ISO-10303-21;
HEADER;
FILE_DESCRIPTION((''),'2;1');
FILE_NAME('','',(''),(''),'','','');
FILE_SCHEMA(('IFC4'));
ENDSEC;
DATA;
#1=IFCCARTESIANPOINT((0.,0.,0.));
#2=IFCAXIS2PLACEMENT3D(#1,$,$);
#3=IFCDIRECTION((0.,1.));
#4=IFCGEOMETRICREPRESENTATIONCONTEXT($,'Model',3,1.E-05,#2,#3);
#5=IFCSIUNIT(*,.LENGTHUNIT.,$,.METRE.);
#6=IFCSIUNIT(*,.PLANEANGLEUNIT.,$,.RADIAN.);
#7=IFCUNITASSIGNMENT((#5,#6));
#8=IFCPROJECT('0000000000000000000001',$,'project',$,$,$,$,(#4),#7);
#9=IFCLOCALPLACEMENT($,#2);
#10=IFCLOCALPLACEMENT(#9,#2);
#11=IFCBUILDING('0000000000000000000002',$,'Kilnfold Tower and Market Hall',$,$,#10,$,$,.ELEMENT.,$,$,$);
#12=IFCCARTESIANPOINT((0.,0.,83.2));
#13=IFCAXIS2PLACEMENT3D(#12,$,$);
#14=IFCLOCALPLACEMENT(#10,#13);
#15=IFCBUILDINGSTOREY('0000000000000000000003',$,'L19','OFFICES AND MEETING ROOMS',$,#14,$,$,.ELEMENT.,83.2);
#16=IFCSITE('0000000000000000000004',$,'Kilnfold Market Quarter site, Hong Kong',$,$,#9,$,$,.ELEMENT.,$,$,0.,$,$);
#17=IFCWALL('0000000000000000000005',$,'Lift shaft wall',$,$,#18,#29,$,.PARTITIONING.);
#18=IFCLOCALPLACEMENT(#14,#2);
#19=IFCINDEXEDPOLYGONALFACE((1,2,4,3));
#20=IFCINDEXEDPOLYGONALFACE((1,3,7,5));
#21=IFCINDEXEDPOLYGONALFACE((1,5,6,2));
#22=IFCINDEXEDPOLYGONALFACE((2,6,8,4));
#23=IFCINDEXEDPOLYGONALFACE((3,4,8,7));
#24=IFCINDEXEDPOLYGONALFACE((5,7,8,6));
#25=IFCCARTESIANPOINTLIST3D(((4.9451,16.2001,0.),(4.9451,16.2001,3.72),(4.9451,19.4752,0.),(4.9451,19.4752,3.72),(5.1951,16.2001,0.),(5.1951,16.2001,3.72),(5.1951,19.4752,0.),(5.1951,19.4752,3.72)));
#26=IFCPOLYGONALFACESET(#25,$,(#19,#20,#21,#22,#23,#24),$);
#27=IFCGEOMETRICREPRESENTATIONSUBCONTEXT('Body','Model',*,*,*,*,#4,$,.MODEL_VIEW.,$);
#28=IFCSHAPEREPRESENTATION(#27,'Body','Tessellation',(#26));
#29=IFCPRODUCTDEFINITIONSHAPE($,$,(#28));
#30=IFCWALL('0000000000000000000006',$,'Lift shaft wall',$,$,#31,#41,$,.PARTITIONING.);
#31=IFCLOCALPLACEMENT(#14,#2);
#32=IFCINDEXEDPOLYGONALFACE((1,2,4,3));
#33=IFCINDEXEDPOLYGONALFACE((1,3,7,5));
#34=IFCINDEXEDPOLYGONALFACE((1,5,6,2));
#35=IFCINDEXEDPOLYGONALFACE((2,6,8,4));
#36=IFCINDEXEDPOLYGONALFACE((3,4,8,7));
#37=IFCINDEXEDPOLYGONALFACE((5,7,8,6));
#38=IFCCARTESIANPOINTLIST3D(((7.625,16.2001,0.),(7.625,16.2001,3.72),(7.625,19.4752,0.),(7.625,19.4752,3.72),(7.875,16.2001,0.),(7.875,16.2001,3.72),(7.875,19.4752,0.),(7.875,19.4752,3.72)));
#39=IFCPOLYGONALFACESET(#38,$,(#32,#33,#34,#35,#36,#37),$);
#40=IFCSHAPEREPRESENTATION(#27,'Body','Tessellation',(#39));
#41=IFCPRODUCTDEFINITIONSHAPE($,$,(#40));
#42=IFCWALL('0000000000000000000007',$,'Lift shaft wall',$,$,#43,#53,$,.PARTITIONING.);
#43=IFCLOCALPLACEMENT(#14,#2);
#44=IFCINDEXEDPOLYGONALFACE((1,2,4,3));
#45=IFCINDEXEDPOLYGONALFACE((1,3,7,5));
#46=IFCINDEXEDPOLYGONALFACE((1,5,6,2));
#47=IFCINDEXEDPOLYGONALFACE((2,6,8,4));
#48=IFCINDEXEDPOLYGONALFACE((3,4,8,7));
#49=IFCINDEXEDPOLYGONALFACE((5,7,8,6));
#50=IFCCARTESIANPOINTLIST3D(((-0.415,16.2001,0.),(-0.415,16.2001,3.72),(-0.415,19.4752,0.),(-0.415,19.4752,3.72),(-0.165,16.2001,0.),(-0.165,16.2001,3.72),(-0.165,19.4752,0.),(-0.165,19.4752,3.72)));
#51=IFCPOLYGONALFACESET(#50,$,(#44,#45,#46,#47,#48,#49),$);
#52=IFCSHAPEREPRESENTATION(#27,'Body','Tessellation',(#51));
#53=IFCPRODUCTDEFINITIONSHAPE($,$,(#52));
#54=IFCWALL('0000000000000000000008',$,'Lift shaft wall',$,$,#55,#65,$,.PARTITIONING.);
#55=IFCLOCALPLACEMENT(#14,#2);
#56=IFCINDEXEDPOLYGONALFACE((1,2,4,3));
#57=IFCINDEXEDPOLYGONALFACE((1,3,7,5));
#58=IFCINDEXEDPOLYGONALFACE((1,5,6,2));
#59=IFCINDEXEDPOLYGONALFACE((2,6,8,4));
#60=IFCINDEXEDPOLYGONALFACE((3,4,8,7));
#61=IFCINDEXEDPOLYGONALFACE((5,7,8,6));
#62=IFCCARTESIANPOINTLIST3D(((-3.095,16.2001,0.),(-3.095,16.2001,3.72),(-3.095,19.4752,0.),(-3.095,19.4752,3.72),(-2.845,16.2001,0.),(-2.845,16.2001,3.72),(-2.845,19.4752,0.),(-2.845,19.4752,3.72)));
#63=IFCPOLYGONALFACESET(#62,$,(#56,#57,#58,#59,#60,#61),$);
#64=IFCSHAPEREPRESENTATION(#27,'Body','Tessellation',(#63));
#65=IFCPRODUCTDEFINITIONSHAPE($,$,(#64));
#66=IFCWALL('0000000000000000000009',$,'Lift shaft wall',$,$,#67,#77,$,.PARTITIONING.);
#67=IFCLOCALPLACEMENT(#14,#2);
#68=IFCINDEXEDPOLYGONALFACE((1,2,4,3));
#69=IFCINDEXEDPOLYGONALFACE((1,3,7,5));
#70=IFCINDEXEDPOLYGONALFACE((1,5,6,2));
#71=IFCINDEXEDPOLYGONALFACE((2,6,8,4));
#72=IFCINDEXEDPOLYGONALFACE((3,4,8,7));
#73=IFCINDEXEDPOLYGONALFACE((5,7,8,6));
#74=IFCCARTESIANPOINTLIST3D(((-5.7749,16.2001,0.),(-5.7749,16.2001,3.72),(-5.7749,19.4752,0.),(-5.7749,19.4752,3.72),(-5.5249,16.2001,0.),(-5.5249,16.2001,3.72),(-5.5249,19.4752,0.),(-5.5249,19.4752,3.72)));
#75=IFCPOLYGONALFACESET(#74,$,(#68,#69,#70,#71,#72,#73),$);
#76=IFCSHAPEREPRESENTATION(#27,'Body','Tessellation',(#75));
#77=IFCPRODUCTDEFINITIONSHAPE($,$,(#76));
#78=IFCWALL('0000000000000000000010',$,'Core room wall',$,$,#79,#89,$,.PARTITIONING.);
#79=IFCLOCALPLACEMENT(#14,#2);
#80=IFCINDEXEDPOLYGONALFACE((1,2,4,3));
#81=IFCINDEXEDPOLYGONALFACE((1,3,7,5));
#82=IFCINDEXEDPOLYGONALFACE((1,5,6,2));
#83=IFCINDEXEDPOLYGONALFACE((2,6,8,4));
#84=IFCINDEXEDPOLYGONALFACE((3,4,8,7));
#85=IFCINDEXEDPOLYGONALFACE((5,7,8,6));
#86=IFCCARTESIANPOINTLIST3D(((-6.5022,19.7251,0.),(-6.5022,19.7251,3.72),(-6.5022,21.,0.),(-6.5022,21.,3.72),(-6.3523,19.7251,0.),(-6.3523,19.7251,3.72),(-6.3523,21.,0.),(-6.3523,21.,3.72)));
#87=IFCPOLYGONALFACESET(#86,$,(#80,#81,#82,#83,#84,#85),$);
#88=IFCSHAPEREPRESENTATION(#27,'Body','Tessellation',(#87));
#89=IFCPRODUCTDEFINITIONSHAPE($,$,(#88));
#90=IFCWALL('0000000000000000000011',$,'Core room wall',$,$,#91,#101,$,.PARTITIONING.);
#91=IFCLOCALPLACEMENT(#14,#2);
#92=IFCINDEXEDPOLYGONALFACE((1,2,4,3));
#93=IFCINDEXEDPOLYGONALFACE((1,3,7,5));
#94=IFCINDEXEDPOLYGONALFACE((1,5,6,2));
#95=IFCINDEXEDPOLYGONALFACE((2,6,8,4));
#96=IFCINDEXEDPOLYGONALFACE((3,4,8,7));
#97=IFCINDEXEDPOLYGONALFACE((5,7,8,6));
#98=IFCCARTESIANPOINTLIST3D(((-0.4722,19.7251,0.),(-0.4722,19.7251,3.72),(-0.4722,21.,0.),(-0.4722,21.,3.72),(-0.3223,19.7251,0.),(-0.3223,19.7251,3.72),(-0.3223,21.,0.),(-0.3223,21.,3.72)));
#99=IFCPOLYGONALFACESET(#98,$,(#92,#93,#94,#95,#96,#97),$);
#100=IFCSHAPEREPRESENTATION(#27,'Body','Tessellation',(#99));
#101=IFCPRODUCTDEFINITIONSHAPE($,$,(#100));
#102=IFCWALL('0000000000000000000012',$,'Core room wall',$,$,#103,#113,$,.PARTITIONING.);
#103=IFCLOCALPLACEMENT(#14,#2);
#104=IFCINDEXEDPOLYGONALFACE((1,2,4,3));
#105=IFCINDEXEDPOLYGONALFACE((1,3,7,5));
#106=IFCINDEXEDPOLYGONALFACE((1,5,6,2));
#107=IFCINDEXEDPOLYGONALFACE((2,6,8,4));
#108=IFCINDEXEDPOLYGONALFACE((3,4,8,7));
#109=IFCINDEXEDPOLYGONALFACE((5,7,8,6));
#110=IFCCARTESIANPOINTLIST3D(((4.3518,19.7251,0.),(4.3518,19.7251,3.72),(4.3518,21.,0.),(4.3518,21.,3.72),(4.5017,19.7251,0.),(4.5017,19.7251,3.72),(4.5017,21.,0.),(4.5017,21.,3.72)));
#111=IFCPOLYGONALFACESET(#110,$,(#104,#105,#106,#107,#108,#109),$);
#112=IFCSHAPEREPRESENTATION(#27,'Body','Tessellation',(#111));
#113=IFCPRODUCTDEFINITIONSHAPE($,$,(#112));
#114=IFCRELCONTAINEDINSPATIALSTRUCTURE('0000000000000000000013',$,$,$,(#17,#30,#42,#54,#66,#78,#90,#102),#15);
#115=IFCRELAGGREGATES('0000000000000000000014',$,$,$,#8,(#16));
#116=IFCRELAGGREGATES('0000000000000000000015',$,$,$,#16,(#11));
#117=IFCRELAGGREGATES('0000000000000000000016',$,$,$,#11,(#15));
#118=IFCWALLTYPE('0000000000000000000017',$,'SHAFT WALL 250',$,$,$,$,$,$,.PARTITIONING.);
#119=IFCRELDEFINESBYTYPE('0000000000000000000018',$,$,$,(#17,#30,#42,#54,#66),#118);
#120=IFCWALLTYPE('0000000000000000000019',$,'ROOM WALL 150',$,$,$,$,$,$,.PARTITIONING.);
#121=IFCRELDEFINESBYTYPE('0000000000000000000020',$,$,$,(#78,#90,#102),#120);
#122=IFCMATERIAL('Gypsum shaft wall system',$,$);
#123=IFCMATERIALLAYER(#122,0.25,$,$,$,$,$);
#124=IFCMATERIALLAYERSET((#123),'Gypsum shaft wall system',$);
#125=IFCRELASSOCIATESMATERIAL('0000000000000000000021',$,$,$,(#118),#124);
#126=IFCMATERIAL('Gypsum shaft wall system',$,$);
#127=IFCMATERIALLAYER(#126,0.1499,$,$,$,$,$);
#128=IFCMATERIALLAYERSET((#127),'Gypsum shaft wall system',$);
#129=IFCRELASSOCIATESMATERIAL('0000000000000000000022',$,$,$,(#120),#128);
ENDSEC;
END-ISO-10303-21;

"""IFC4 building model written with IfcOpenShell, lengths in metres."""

from ifc_helpers import new_model, si_unit, direction, frame, frame_2d, origin, place, context, subcontext, project, spatial, rectangle, extrude, source, transform, mapped, material, layer, layer_set, type_object, element, save


model = new_model("IFC4")

# Units and contexts
model_context = context("Model", 3, precision=1e-05, world=origin(), true_north=direction((0.0, 1.0)))
body_context = subcontext(model_context, "Body", "Model", "MODEL_VIEW")
ifc_project = project(units=[si_unit("LENGTHUNIT", "METRE"), si_unit("PLANEANGLEUNIT", "RADIAN")], contexts=[model_context])

# Site, building, storey
site_placement = place(None, origin())
site = spatial("IfcSite", under=ifc_project, at=site_placement, Name="Kilnfold Market Quarter site, Hong Kong", CompositionType="ELEMENT", RefElevation=0.0)
building_placement = place(site_placement, origin())
building = spatial("IfcBuilding", under=site, at=building_placement, Name="Kilnfold Tower and Market Hall", CompositionType="ELEMENT")
storey_placement = place(building_placement, frame((0.0, 0.0, 83.2)))
storey = spatial("IfcBuildingStorey", under=building, at=storey_placement, Name="L19", Description="OFFICES AND MEETING ROOMS", CompositionType="ELEMENT", Elevation=83.2)

# Walls
ifc_material_1 = material(Name="Gypsum shaft wall system")
ifc_layer_1 = layer(ifc_material_1, 0.25)
ifc_layer_set_1 = layer_set([ifc_layer_1], Name="Gypsum shaft wall system")
wall_type_1 = type_object("IfcWallType", Name="SHAFT WALL 250", PredefinedType="PARTITIONING", material=ifc_layer_set_1)
shared_shape_1 = source(origin(), body_context, "Body", "SweptSolid", [
    extrude(rectangle(XDim=3.2751, YDim=0.25, at=frame_2d((1.6377, 0.0))), origin(), (0.0, 0.0, 1.0), 3.72),
])
for number, where, z_axis, x_axis, name in (
    (1, (5.0701, 16.2, 0.0), (0.0, 0.0, 1.0), (0.0, 1.0, 0.0), "Lift shaft wall"),
    (2, (7.75, 16.2, 0.0), (0.0, 0.0, 1.0), (0.0, 1.0, 0.0), "Lift shaft wall"),
    (3, (-0.29, 16.2, 0.0), (0.0, 0.0, 1.0), (0.0, 1.0, 0.0), "Lift shaft wall"),
    (4, (-2.97, 16.2, 0.0), (0.0, 0.0, 1.0), (0.0, 1.0, 0.0), "Lift shaft wall"),
    (5, (-5.6499, 16.2, 0.0), (0.0, 0.0, 1.0), (0.0, 1.0, 0.0), "Lift shaft wall"),
):
    element("IfcWall", number, at=place(storey_placement, frame(where, z_axis=z_axis, x_axis=x_axis)), inside=storey, type_object=wall_type_1, Name=name, PredefinedType="PARTITIONING", context=body_context, shape_type="MappedRepresentation", body=[
        mapped(shared_shape_1, transform((0.0, 0.0, 0.0))),
    ])
ifc_material_2 = material(Name="Gypsum shaft wall system")
ifc_layer_2 = layer(ifc_material_2, 0.1499)
ifc_layer_set_2 = layer_set([ifc_layer_2], Name="Gypsum shaft wall system")
wall_type_2 = type_object("IfcWallType", Name="ROOM WALL 150", PredefinedType="PARTITIONING", material=ifc_layer_set_2)
shared_shape_2 = source(origin(), body_context, "Body", "SweptSolid", [
    extrude(rectangle(XDim=1.2749, YDim=0.1499, at=frame_2d((0.6375, 0.0))), origin(), (0.0, 0.0, 1.0), 3.72),
])
for number, where, z_axis, x_axis, name in (
    (6, (-6.4272, 19.7251, 0.0), (0.0, 0.0, 1.0), (0.0, 1.0, 0.0), "Core room wall"),
    (7, (-0.3972, 19.7251, 0.0), (0.0, 0.0, 1.0), (0.0, 1.0, 0.0), "Core room wall"),
    (8, (4.4268, 19.7251, 0.0), (0.0, 0.0, 1.0), (0.0, 1.0, 0.0), "Core room wall"),
):
    element("IfcWall", number, at=place(storey_placement, frame(where, z_axis=z_axis, x_axis=x_axis)), inside=storey, type_object=wall_type_2, Name=name, PredefinedType="PARTITIONING", context=body_context, shape_type="MappedRepresentation", body=[
        mapped(shared_shape_2, transform((0.0, 0.0, 0.0))),
    ])

save(model, "model.ifc")
